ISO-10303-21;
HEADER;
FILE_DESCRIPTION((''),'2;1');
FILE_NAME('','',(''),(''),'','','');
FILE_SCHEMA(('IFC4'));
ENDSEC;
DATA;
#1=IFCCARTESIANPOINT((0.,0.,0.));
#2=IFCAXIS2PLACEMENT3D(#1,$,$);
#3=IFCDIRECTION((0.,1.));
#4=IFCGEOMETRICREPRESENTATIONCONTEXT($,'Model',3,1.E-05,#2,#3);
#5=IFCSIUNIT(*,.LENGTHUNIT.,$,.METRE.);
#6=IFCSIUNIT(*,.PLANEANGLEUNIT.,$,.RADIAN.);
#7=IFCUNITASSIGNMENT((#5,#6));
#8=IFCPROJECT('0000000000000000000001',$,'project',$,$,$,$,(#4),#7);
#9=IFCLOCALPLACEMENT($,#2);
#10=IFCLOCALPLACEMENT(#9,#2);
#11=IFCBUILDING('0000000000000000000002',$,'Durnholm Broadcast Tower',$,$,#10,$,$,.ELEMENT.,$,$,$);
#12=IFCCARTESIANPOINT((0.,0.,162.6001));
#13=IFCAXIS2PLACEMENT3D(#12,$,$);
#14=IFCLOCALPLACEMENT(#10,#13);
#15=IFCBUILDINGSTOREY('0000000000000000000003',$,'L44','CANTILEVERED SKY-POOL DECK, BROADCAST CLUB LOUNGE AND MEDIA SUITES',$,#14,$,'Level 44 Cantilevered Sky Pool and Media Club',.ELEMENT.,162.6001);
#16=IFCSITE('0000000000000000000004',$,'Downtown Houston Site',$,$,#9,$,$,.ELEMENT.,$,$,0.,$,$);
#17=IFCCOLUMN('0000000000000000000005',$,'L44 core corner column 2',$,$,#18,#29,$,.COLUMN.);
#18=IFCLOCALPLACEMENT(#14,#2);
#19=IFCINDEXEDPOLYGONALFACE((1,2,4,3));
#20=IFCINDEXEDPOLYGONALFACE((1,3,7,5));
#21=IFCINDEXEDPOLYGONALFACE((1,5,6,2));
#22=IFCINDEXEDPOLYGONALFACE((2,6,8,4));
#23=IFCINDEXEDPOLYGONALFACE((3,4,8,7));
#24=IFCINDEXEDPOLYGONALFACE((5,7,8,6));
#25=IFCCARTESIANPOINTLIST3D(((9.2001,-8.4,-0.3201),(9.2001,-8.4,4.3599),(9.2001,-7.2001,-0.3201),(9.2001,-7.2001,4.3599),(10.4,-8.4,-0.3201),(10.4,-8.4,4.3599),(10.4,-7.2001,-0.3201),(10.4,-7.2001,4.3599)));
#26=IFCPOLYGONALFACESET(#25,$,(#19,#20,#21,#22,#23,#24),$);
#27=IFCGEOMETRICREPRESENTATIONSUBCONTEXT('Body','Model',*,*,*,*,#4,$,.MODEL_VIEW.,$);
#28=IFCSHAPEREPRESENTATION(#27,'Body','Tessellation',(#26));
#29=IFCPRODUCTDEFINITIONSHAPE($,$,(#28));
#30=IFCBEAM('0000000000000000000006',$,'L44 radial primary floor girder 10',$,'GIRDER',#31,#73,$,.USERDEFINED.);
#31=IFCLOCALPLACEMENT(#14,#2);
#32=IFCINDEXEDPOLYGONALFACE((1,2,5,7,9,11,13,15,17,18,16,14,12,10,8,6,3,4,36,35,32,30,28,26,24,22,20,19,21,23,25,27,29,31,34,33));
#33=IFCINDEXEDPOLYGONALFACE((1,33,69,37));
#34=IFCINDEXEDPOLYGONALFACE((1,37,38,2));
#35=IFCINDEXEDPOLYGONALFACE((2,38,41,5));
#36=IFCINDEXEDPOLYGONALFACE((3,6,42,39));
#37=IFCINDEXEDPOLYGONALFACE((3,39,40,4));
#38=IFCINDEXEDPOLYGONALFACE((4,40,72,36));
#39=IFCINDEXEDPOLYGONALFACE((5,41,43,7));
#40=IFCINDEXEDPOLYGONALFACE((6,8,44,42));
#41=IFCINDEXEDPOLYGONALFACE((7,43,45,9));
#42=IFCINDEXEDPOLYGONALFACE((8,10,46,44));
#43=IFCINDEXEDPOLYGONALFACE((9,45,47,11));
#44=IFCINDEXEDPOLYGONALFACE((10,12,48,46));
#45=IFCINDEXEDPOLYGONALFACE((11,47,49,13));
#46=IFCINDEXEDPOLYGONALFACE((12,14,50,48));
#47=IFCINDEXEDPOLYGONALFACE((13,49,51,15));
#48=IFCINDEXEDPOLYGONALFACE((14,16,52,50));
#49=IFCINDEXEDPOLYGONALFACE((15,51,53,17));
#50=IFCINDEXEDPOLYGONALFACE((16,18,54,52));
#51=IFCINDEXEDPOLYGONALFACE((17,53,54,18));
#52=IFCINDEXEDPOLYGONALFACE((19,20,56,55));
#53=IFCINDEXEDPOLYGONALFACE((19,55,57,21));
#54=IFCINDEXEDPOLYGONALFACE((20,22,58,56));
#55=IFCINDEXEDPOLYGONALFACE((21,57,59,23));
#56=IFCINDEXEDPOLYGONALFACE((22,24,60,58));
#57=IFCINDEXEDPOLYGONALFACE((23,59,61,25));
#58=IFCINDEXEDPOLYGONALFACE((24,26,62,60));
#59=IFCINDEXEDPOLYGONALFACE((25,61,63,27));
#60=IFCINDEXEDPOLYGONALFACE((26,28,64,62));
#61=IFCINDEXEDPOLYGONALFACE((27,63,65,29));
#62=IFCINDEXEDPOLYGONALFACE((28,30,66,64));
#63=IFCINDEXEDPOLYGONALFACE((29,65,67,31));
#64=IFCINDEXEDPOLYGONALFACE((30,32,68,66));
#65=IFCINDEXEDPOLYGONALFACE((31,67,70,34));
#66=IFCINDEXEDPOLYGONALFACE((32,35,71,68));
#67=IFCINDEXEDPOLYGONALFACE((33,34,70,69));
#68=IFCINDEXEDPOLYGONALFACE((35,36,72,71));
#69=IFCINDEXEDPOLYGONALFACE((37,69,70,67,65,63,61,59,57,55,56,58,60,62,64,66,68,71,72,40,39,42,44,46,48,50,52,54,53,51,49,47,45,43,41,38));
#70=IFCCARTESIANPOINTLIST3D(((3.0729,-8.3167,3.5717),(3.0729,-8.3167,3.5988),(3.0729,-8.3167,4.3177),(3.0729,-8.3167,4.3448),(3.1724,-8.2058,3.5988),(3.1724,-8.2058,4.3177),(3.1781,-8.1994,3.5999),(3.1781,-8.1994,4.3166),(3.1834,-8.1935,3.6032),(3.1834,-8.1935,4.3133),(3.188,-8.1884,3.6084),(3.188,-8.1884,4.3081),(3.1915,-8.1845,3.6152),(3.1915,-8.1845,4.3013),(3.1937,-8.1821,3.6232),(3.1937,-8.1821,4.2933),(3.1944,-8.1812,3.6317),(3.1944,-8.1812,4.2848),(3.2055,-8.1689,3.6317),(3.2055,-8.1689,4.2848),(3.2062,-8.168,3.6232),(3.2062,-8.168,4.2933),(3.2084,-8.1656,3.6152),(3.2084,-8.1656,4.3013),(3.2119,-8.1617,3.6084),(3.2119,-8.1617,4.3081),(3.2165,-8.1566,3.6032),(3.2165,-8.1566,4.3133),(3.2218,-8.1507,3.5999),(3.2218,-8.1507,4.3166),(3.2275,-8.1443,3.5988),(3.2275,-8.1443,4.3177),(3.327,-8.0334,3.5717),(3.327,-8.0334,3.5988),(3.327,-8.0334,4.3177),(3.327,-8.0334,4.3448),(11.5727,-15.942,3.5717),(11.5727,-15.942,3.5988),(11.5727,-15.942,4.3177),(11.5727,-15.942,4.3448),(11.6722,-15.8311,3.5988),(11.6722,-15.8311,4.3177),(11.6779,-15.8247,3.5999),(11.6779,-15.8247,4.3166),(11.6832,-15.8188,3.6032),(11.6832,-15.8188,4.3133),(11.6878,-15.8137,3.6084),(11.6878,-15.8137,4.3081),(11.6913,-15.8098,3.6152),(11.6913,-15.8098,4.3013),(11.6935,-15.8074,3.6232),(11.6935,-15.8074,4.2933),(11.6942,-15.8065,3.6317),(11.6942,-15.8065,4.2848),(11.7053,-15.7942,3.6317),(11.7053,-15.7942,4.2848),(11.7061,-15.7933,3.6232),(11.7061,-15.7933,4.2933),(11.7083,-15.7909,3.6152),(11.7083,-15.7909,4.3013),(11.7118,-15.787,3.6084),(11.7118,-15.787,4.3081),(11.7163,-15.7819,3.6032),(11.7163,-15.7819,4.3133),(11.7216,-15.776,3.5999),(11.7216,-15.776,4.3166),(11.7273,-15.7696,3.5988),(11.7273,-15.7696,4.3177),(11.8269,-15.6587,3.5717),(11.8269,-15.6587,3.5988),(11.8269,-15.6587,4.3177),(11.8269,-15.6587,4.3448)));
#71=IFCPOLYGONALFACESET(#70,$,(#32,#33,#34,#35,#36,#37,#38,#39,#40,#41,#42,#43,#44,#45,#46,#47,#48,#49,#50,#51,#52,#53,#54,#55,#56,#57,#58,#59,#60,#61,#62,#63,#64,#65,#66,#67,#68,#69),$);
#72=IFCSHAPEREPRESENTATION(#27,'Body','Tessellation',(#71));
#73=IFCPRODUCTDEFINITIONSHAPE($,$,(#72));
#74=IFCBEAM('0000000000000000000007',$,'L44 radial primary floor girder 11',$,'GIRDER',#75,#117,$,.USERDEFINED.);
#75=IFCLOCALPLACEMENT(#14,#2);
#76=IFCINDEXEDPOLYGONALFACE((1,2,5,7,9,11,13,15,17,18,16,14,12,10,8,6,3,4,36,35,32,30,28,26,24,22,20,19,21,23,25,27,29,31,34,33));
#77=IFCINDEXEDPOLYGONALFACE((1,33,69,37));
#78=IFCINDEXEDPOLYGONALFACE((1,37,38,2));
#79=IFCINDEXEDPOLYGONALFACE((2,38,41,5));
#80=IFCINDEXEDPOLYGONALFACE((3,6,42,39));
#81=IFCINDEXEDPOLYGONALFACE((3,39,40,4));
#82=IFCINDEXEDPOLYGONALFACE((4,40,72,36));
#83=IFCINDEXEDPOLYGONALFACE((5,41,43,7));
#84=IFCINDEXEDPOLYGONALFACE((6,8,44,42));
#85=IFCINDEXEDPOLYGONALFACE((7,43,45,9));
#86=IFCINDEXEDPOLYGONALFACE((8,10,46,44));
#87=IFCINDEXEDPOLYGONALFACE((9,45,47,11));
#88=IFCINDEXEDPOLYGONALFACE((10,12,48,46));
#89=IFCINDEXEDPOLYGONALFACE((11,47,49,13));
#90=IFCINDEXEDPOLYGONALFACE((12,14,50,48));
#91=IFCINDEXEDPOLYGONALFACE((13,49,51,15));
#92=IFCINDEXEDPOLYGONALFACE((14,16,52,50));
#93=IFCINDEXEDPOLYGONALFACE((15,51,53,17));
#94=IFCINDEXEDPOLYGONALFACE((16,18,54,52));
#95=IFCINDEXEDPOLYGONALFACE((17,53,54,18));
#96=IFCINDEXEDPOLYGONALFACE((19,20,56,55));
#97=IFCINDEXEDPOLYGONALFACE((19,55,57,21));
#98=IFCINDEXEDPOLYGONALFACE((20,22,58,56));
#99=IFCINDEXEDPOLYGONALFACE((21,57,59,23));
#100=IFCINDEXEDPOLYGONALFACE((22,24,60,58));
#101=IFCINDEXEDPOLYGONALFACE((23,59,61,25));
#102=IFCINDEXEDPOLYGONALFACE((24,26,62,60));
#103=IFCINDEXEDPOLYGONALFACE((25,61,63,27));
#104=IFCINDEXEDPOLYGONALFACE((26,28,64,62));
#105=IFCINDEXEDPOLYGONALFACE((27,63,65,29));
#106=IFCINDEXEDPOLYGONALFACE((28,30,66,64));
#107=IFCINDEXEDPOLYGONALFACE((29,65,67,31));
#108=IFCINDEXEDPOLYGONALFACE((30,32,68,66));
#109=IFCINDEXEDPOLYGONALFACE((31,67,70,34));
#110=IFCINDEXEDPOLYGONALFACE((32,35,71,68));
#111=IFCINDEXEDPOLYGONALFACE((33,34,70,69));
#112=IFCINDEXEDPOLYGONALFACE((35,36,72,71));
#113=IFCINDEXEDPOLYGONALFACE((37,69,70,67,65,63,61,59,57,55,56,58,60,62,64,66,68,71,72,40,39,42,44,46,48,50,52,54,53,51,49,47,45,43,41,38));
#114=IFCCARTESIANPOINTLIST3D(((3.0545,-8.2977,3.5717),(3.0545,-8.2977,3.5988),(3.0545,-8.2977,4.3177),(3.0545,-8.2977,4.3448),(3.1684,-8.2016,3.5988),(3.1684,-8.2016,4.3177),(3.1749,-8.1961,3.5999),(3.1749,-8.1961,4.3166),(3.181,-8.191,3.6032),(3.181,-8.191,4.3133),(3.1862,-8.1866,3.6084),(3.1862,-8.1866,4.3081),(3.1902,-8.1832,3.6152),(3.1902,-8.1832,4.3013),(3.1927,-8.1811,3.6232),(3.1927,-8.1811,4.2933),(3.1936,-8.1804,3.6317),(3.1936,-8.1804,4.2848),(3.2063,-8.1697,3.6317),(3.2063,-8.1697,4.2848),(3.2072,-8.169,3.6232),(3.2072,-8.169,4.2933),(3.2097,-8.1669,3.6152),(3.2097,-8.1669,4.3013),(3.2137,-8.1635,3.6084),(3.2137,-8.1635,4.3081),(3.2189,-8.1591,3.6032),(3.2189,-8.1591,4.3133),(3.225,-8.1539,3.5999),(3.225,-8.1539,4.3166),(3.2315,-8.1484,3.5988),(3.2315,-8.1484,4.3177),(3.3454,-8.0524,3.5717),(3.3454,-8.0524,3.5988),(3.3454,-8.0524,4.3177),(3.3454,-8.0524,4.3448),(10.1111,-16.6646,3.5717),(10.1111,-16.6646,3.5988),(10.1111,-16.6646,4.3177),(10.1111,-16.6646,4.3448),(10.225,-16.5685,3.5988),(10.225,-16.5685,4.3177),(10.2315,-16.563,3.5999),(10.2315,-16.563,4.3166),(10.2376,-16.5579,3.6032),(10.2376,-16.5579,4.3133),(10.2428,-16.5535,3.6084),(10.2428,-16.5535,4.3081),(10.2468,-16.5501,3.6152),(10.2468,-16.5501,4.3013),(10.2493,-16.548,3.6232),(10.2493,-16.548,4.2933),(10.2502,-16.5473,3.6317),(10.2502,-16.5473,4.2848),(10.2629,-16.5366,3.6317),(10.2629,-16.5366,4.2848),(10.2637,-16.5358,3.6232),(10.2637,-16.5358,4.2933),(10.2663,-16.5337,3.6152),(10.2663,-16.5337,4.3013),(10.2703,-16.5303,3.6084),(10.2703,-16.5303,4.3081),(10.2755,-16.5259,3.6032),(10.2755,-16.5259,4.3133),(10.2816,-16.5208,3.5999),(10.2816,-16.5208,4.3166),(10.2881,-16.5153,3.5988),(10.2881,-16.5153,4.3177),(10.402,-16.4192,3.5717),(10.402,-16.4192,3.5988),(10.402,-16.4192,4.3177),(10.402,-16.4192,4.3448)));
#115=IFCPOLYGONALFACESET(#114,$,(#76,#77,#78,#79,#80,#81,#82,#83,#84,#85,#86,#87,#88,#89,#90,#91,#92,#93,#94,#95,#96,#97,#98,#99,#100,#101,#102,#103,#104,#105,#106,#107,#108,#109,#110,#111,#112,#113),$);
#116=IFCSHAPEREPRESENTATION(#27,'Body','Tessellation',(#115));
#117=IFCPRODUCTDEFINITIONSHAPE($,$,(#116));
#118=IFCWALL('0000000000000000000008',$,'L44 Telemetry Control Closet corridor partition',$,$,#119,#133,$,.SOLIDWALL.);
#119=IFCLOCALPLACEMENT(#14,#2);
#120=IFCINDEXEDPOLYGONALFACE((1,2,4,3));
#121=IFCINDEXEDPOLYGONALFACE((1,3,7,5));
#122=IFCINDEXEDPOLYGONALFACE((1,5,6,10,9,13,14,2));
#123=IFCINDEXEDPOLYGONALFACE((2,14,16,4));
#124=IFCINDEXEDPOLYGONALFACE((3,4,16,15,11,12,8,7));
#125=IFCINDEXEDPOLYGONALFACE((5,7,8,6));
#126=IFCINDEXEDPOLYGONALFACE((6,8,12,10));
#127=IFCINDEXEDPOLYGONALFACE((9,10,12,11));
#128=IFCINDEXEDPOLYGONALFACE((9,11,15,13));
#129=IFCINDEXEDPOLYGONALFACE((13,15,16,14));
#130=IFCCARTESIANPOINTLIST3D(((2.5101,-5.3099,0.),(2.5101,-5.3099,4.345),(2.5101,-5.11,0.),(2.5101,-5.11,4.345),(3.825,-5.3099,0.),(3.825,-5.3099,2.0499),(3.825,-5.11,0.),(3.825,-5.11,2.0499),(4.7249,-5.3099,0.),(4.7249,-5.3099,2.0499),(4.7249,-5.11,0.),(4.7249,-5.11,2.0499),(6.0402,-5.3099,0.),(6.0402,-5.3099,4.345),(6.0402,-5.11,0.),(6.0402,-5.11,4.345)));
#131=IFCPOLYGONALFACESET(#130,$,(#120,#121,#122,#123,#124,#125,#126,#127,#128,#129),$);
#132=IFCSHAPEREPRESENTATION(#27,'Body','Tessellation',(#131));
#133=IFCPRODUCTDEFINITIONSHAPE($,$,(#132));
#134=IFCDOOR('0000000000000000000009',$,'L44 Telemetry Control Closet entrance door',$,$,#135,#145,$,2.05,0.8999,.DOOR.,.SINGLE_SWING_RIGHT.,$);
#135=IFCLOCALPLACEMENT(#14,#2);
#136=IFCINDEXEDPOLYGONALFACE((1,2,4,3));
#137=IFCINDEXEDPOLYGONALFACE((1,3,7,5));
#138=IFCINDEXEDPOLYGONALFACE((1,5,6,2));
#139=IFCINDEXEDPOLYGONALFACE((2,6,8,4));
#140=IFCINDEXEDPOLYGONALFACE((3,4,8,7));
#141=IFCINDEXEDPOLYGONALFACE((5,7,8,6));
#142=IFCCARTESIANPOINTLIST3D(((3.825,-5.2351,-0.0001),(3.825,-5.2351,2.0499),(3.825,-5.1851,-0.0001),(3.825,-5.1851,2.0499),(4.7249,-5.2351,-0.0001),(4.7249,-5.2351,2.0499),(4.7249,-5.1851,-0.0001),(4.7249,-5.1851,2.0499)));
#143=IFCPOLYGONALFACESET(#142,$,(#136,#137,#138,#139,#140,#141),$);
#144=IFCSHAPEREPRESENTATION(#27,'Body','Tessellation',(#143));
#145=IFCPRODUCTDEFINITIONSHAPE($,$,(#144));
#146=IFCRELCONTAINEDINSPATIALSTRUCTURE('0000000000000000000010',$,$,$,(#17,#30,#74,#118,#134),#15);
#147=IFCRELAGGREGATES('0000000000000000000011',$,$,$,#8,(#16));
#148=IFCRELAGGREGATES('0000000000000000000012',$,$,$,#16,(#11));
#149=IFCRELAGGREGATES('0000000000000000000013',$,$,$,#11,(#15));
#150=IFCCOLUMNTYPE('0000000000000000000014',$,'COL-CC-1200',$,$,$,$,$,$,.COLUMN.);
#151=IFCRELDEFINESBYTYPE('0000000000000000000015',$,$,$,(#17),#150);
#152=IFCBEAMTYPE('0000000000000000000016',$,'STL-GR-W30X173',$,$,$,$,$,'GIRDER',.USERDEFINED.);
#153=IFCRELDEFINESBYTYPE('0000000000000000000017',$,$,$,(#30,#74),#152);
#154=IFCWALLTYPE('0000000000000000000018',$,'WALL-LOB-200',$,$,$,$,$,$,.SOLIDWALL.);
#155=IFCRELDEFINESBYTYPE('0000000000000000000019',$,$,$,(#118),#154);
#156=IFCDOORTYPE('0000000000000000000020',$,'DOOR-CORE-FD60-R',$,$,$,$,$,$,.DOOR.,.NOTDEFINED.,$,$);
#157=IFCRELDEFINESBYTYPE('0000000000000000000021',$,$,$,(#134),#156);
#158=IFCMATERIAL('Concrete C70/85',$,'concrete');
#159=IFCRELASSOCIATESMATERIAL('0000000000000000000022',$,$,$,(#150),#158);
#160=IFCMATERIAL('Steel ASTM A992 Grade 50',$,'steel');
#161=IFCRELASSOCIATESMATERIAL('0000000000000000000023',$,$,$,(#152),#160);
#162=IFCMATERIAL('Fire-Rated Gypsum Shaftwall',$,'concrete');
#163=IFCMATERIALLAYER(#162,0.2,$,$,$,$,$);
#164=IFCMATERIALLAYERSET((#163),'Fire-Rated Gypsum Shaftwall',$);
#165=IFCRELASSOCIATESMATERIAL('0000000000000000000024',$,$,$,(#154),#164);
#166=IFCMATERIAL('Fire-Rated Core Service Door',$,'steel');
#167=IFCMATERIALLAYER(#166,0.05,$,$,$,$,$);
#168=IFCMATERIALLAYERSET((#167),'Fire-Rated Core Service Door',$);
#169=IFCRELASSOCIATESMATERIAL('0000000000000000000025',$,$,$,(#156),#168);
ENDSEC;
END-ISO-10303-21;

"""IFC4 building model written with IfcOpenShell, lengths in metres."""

from ifc_helpers import new_model, si_unit, direction, frame, frame_2d, origin, origin_2d, place, context, subcontext, project, spatial, rectangle, i_section, extrude, source, transform, mapped, material, layer, layer_set, material_profile, profile_set, type_object, type_shapes, element, fill, save


model = new_model("IFC4")

# Units and contexts
model_context = context("Model", 3, precision=1e-05, world=origin(), true_north=direction((0.0, 1.0)))
body_context = subcontext(model_context, "Body", "Model", "MODEL_VIEW")
ifc_project = project(units=[si_unit("LENGTHUNIT", "METRE"), si_unit("PLANEANGLEUNIT", "RADIAN")], contexts=[model_context])

# Site, building, storey
site_placement = place(None, origin())
site = spatial("IfcSite", under=ifc_project, at=site_placement, Name="Downtown Houston Site", CompositionType="ELEMENT", RefElevation=0.0)
building_placement = place(site_placement, origin())
building = spatial("IfcBuilding", under=site, at=building_placement, Name="Durnholm Broadcast Tower", CompositionType="ELEMENT")
storey_placement = place(building_placement, frame((0.0, 0.0, 162.6001)))
storey = spatial("IfcBuildingStorey", under=building, at=storey_placement, Name="L44", Description="CANTILEVERED SKY-POOL DECK, BROADCAST CLUB LOUNGE AND MEDIA SUITES", LongName="Level 44 Cantilevered Sky Pool and Media Club", CompositionType="ELEMENT", Elevation=162.6001)

# Column
ifc_material_1 = material(Name="Concrete C70/85", Category="concrete")
ifc_material_profile_1 = material_profile(ifc_material_1, rectangle(XDim=1.2, YDim=1.2, at=origin_2d()), Name="RC1200X1200")
ifc_profile_set_1 = profile_set([ifc_material_profile_1], Name="Concrete C70/85")
column_type = type_object("IfcColumnType", Name="COL-CC-1200", PredefinedType="COLUMN", material=ifc_profile_set_1)
shared_shape_1 = source(origin(), body_context, "Body", "SweptSolid", [
    extrude(rectangle(XDim=1.2, YDim=1.2, at=origin_2d()), origin(), (0.0, 0.0, 1.0), 4.6799),
])
type_shapes(column_type, [shared_shape_1])
column_placement = place(storey_placement, frame((9.8, -7.8, -0.3201), z_axis=(0.0, 0.0, 1.0), x_axis=(1.0, 0.0, 0.0)))
element("IfcColumn", 1, at=column_placement, inside=storey, type_object=column_type, Name="L44 core corner column 2", PredefinedType="COLUMN", context=body_context, shape_type="MappedRepresentation", body=[
    mapped(shared_shape_1, transform((0.0, 0.0, 0.0), x_axis=(1.0, 0.0, 0.0), y_axis=(0.0, 1.0, 0.0), z_axis=(0.0, 0.0, 1.0), scale=1.0)),
])

# Beams
ifc_material_2 = material(Name="Steel ASTM A992 Grade 50", Category="steel")
ifc_material_profile_2 = material_profile(ifc_material_2, i_section(OverallWidth=0.3806, OverallDepth=0.7732, WebThickness=0.0166, FlangeThickness=0.0271, FilletRadius=0.033, at=origin_2d()), Name="W30X173")
ifc_profile_set_2 = profile_set([ifc_material_profile_2], Name="Steel ASTM A992 Grade 50")
beam_type = type_object("IfcBeamType", Name="STL-GR-W30X173", ElementType="GIRDER", PredefinedType="USERDEFINED", material=ifc_profile_set_2)
shared_shape_2 = source(origin(), body_context, "Body", "SweptSolid", [
    extrude(i_section(OverallWidth=0.3806, OverallDepth=0.7732, WebThickness=0.0166, FlangeThickness=0.0271, FilletRadius=0.033, at=origin_2d()), origin(), (0.0, 0.0, 1.0), 11.4189),
])
beam_1_placement = place(storey_placement, frame((3.2, -8.175, 3.9583), z_axis=(0.744362, -0.667777, 0.0), x_axis=(0.667777, 0.744362, 0.0)))
element("IfcBeam", 2, at=beam_1_placement, inside=storey, type_object=beam_type, Name="L44 radial primary floor girder 10", ObjectType="GIRDER", PredefinedType="USERDEFINED", context=body_context, shape_type="MappedRepresentation", body=[
    mapped(shared_shape_2, transform((0.0, 0.0, 0.0), x_axis=(1.0, 0.0, 0.0), y_axis=(0.0, 1.0, 0.0), z_axis=(0.0, 0.0, 1.0), scale=1.0)),
])
shared_shape_3 = source(origin(), body_context, "Body", "SweptSolid", [
    extrude(i_section(OverallWidth=0.3806, OverallDepth=0.7732, WebThickness=0.0166, FlangeThickness=0.0271, FilletRadius=0.033, at=origin_2d()), origin(), (0.0, 0.0, 1.0), 10.9453),
])
type_shapes(beam_type, [shared_shape_2, shared_shape_3])
beam_2_placement = place(storey_placement, frame((3.2, -8.175, 3.9583), z_axis=(0.644713, -0.764425, 0.0), x_axis=(0.764425, 0.644713, 0.0)))
element("IfcBeam", 3, at=beam_2_placement, inside=storey, type_object=beam_type, Name="L44 radial primary floor girder 11", ObjectType="GIRDER", PredefinedType="USERDEFINED", context=body_context, shape_type="MappedRepresentation", body=[
    mapped(shared_shape_3, transform((0.0, 0.0, 0.0), x_axis=(1.0, 0.0, 0.0), y_axis=(0.0, 1.0, 0.0), z_axis=(0.0, 0.0, 1.0), scale=1.0)),
])

# Wall, opening, door
ifc_material_3 = material(Name="Fire-Rated Gypsum Shaftwall", Category="concrete")
ifc_layer_1 = layer(ifc_material_3, 0.2)
ifc_layer_set_1 = layer_set([ifc_layer_1], Name="Fire-Rated Gypsum Shaftwall")
wall_type_1 = type_object("IfcWallType", Name="WALL-LOB-200", PredefinedType="SOLIDWALL", material=ifc_layer_set_1)
wall_1_placement = place(storey_placement, frame((2.51, -5.21, 0.0), z_axis=(0.0, 0.0, 1.0), x_axis=(1.0, 0.0, 0.0)))
wall_1 = element("IfcWall", 4, at=wall_1_placement, inside=storey, type_object=wall_type_1, Name="L44 Telemetry Control Closet corridor partition", PredefinedType="SOLIDWALL", context=body_context, shape_type="SweptSolid", body=[
    extrude(rectangle(XDim=3.53, YDim=0.2, at=frame_2d((1.7651, 0.0))), origin(), (0.0, 0.0, 1.0), 4.345),
])
opening_1_placement = place(wall_1_placement, frame((1.3149, 0.0, 0.0)))
opening_1 = element("IfcOpeningElement", 5, at=opening_1_placement, cuts=wall_1, PredefinedType="OPENING", context=body_context, shape_type="SweptSolid", body=[
    extrude(rectangle(XDim=0.8999, YDim=2.05, at=frame_2d((0.45, 1.0249))), frame((0.0, 0.1099, 0.0), z_axis=(0.0, -1.0, 0.0), x_axis=(1.0, 0.0, 0.0)), (0.0, 0.0, 1.0), 0.22),
])
ifc_material_4 = material(Name="Fire-Rated Core Service Door", Category="steel")
ifc_layer_2 = layer(ifc_material_4, 0.05)
ifc_layer_set_2 = layer_set([ifc_layer_2], Name="Fire-Rated Core Service Door")
door_type = type_object("IfcDoorType", Name="DOOR-CORE-FD60-R", OperationType="NOTDEFINED", PredefinedType="DOOR", material=ifc_layer_set_2)
shared_shape_4 = source(origin(), body_context, "Body", "SweptSolid", [
    extrude(rectangle(XDim=0.8999, YDim=2.05, at=frame_2d((0.45, 1.0249))), frame((0.0, 0.0249, 0.0), z_axis=(0.0, -1.0, 0.0), x_axis=(1.0, 0.0, 0.0)), (0.0, 0.0, 1.0), 0.05),
])
type_shapes(door_type, [shared_shape_4])
door_1_placement = place(opening_1_placement, origin())
door_1 = element("IfcDoor", 6, at=door_1_placement, inside=storey, type_object=door_type, Name="L44 Telemetry Control Closet entrance door", OperationType="SINGLE_SWING_RIGHT", OverallHeight=2.05, OverallWidth=0.8999, PredefinedType="DOOR", context=body_context, shape_type="MappedRepresentation", body=[
    mapped(shared_shape_4, transform((0.0, 0.0, 0.0), x_axis=(1.0, 0.0, 0.0), y_axis=(0.0, 1.0, 0.0), z_axis=(0.0, 0.0, 1.0), scale=1.0)),
])
fill(opening_1, door_1)

save(model, "model.ifc")
